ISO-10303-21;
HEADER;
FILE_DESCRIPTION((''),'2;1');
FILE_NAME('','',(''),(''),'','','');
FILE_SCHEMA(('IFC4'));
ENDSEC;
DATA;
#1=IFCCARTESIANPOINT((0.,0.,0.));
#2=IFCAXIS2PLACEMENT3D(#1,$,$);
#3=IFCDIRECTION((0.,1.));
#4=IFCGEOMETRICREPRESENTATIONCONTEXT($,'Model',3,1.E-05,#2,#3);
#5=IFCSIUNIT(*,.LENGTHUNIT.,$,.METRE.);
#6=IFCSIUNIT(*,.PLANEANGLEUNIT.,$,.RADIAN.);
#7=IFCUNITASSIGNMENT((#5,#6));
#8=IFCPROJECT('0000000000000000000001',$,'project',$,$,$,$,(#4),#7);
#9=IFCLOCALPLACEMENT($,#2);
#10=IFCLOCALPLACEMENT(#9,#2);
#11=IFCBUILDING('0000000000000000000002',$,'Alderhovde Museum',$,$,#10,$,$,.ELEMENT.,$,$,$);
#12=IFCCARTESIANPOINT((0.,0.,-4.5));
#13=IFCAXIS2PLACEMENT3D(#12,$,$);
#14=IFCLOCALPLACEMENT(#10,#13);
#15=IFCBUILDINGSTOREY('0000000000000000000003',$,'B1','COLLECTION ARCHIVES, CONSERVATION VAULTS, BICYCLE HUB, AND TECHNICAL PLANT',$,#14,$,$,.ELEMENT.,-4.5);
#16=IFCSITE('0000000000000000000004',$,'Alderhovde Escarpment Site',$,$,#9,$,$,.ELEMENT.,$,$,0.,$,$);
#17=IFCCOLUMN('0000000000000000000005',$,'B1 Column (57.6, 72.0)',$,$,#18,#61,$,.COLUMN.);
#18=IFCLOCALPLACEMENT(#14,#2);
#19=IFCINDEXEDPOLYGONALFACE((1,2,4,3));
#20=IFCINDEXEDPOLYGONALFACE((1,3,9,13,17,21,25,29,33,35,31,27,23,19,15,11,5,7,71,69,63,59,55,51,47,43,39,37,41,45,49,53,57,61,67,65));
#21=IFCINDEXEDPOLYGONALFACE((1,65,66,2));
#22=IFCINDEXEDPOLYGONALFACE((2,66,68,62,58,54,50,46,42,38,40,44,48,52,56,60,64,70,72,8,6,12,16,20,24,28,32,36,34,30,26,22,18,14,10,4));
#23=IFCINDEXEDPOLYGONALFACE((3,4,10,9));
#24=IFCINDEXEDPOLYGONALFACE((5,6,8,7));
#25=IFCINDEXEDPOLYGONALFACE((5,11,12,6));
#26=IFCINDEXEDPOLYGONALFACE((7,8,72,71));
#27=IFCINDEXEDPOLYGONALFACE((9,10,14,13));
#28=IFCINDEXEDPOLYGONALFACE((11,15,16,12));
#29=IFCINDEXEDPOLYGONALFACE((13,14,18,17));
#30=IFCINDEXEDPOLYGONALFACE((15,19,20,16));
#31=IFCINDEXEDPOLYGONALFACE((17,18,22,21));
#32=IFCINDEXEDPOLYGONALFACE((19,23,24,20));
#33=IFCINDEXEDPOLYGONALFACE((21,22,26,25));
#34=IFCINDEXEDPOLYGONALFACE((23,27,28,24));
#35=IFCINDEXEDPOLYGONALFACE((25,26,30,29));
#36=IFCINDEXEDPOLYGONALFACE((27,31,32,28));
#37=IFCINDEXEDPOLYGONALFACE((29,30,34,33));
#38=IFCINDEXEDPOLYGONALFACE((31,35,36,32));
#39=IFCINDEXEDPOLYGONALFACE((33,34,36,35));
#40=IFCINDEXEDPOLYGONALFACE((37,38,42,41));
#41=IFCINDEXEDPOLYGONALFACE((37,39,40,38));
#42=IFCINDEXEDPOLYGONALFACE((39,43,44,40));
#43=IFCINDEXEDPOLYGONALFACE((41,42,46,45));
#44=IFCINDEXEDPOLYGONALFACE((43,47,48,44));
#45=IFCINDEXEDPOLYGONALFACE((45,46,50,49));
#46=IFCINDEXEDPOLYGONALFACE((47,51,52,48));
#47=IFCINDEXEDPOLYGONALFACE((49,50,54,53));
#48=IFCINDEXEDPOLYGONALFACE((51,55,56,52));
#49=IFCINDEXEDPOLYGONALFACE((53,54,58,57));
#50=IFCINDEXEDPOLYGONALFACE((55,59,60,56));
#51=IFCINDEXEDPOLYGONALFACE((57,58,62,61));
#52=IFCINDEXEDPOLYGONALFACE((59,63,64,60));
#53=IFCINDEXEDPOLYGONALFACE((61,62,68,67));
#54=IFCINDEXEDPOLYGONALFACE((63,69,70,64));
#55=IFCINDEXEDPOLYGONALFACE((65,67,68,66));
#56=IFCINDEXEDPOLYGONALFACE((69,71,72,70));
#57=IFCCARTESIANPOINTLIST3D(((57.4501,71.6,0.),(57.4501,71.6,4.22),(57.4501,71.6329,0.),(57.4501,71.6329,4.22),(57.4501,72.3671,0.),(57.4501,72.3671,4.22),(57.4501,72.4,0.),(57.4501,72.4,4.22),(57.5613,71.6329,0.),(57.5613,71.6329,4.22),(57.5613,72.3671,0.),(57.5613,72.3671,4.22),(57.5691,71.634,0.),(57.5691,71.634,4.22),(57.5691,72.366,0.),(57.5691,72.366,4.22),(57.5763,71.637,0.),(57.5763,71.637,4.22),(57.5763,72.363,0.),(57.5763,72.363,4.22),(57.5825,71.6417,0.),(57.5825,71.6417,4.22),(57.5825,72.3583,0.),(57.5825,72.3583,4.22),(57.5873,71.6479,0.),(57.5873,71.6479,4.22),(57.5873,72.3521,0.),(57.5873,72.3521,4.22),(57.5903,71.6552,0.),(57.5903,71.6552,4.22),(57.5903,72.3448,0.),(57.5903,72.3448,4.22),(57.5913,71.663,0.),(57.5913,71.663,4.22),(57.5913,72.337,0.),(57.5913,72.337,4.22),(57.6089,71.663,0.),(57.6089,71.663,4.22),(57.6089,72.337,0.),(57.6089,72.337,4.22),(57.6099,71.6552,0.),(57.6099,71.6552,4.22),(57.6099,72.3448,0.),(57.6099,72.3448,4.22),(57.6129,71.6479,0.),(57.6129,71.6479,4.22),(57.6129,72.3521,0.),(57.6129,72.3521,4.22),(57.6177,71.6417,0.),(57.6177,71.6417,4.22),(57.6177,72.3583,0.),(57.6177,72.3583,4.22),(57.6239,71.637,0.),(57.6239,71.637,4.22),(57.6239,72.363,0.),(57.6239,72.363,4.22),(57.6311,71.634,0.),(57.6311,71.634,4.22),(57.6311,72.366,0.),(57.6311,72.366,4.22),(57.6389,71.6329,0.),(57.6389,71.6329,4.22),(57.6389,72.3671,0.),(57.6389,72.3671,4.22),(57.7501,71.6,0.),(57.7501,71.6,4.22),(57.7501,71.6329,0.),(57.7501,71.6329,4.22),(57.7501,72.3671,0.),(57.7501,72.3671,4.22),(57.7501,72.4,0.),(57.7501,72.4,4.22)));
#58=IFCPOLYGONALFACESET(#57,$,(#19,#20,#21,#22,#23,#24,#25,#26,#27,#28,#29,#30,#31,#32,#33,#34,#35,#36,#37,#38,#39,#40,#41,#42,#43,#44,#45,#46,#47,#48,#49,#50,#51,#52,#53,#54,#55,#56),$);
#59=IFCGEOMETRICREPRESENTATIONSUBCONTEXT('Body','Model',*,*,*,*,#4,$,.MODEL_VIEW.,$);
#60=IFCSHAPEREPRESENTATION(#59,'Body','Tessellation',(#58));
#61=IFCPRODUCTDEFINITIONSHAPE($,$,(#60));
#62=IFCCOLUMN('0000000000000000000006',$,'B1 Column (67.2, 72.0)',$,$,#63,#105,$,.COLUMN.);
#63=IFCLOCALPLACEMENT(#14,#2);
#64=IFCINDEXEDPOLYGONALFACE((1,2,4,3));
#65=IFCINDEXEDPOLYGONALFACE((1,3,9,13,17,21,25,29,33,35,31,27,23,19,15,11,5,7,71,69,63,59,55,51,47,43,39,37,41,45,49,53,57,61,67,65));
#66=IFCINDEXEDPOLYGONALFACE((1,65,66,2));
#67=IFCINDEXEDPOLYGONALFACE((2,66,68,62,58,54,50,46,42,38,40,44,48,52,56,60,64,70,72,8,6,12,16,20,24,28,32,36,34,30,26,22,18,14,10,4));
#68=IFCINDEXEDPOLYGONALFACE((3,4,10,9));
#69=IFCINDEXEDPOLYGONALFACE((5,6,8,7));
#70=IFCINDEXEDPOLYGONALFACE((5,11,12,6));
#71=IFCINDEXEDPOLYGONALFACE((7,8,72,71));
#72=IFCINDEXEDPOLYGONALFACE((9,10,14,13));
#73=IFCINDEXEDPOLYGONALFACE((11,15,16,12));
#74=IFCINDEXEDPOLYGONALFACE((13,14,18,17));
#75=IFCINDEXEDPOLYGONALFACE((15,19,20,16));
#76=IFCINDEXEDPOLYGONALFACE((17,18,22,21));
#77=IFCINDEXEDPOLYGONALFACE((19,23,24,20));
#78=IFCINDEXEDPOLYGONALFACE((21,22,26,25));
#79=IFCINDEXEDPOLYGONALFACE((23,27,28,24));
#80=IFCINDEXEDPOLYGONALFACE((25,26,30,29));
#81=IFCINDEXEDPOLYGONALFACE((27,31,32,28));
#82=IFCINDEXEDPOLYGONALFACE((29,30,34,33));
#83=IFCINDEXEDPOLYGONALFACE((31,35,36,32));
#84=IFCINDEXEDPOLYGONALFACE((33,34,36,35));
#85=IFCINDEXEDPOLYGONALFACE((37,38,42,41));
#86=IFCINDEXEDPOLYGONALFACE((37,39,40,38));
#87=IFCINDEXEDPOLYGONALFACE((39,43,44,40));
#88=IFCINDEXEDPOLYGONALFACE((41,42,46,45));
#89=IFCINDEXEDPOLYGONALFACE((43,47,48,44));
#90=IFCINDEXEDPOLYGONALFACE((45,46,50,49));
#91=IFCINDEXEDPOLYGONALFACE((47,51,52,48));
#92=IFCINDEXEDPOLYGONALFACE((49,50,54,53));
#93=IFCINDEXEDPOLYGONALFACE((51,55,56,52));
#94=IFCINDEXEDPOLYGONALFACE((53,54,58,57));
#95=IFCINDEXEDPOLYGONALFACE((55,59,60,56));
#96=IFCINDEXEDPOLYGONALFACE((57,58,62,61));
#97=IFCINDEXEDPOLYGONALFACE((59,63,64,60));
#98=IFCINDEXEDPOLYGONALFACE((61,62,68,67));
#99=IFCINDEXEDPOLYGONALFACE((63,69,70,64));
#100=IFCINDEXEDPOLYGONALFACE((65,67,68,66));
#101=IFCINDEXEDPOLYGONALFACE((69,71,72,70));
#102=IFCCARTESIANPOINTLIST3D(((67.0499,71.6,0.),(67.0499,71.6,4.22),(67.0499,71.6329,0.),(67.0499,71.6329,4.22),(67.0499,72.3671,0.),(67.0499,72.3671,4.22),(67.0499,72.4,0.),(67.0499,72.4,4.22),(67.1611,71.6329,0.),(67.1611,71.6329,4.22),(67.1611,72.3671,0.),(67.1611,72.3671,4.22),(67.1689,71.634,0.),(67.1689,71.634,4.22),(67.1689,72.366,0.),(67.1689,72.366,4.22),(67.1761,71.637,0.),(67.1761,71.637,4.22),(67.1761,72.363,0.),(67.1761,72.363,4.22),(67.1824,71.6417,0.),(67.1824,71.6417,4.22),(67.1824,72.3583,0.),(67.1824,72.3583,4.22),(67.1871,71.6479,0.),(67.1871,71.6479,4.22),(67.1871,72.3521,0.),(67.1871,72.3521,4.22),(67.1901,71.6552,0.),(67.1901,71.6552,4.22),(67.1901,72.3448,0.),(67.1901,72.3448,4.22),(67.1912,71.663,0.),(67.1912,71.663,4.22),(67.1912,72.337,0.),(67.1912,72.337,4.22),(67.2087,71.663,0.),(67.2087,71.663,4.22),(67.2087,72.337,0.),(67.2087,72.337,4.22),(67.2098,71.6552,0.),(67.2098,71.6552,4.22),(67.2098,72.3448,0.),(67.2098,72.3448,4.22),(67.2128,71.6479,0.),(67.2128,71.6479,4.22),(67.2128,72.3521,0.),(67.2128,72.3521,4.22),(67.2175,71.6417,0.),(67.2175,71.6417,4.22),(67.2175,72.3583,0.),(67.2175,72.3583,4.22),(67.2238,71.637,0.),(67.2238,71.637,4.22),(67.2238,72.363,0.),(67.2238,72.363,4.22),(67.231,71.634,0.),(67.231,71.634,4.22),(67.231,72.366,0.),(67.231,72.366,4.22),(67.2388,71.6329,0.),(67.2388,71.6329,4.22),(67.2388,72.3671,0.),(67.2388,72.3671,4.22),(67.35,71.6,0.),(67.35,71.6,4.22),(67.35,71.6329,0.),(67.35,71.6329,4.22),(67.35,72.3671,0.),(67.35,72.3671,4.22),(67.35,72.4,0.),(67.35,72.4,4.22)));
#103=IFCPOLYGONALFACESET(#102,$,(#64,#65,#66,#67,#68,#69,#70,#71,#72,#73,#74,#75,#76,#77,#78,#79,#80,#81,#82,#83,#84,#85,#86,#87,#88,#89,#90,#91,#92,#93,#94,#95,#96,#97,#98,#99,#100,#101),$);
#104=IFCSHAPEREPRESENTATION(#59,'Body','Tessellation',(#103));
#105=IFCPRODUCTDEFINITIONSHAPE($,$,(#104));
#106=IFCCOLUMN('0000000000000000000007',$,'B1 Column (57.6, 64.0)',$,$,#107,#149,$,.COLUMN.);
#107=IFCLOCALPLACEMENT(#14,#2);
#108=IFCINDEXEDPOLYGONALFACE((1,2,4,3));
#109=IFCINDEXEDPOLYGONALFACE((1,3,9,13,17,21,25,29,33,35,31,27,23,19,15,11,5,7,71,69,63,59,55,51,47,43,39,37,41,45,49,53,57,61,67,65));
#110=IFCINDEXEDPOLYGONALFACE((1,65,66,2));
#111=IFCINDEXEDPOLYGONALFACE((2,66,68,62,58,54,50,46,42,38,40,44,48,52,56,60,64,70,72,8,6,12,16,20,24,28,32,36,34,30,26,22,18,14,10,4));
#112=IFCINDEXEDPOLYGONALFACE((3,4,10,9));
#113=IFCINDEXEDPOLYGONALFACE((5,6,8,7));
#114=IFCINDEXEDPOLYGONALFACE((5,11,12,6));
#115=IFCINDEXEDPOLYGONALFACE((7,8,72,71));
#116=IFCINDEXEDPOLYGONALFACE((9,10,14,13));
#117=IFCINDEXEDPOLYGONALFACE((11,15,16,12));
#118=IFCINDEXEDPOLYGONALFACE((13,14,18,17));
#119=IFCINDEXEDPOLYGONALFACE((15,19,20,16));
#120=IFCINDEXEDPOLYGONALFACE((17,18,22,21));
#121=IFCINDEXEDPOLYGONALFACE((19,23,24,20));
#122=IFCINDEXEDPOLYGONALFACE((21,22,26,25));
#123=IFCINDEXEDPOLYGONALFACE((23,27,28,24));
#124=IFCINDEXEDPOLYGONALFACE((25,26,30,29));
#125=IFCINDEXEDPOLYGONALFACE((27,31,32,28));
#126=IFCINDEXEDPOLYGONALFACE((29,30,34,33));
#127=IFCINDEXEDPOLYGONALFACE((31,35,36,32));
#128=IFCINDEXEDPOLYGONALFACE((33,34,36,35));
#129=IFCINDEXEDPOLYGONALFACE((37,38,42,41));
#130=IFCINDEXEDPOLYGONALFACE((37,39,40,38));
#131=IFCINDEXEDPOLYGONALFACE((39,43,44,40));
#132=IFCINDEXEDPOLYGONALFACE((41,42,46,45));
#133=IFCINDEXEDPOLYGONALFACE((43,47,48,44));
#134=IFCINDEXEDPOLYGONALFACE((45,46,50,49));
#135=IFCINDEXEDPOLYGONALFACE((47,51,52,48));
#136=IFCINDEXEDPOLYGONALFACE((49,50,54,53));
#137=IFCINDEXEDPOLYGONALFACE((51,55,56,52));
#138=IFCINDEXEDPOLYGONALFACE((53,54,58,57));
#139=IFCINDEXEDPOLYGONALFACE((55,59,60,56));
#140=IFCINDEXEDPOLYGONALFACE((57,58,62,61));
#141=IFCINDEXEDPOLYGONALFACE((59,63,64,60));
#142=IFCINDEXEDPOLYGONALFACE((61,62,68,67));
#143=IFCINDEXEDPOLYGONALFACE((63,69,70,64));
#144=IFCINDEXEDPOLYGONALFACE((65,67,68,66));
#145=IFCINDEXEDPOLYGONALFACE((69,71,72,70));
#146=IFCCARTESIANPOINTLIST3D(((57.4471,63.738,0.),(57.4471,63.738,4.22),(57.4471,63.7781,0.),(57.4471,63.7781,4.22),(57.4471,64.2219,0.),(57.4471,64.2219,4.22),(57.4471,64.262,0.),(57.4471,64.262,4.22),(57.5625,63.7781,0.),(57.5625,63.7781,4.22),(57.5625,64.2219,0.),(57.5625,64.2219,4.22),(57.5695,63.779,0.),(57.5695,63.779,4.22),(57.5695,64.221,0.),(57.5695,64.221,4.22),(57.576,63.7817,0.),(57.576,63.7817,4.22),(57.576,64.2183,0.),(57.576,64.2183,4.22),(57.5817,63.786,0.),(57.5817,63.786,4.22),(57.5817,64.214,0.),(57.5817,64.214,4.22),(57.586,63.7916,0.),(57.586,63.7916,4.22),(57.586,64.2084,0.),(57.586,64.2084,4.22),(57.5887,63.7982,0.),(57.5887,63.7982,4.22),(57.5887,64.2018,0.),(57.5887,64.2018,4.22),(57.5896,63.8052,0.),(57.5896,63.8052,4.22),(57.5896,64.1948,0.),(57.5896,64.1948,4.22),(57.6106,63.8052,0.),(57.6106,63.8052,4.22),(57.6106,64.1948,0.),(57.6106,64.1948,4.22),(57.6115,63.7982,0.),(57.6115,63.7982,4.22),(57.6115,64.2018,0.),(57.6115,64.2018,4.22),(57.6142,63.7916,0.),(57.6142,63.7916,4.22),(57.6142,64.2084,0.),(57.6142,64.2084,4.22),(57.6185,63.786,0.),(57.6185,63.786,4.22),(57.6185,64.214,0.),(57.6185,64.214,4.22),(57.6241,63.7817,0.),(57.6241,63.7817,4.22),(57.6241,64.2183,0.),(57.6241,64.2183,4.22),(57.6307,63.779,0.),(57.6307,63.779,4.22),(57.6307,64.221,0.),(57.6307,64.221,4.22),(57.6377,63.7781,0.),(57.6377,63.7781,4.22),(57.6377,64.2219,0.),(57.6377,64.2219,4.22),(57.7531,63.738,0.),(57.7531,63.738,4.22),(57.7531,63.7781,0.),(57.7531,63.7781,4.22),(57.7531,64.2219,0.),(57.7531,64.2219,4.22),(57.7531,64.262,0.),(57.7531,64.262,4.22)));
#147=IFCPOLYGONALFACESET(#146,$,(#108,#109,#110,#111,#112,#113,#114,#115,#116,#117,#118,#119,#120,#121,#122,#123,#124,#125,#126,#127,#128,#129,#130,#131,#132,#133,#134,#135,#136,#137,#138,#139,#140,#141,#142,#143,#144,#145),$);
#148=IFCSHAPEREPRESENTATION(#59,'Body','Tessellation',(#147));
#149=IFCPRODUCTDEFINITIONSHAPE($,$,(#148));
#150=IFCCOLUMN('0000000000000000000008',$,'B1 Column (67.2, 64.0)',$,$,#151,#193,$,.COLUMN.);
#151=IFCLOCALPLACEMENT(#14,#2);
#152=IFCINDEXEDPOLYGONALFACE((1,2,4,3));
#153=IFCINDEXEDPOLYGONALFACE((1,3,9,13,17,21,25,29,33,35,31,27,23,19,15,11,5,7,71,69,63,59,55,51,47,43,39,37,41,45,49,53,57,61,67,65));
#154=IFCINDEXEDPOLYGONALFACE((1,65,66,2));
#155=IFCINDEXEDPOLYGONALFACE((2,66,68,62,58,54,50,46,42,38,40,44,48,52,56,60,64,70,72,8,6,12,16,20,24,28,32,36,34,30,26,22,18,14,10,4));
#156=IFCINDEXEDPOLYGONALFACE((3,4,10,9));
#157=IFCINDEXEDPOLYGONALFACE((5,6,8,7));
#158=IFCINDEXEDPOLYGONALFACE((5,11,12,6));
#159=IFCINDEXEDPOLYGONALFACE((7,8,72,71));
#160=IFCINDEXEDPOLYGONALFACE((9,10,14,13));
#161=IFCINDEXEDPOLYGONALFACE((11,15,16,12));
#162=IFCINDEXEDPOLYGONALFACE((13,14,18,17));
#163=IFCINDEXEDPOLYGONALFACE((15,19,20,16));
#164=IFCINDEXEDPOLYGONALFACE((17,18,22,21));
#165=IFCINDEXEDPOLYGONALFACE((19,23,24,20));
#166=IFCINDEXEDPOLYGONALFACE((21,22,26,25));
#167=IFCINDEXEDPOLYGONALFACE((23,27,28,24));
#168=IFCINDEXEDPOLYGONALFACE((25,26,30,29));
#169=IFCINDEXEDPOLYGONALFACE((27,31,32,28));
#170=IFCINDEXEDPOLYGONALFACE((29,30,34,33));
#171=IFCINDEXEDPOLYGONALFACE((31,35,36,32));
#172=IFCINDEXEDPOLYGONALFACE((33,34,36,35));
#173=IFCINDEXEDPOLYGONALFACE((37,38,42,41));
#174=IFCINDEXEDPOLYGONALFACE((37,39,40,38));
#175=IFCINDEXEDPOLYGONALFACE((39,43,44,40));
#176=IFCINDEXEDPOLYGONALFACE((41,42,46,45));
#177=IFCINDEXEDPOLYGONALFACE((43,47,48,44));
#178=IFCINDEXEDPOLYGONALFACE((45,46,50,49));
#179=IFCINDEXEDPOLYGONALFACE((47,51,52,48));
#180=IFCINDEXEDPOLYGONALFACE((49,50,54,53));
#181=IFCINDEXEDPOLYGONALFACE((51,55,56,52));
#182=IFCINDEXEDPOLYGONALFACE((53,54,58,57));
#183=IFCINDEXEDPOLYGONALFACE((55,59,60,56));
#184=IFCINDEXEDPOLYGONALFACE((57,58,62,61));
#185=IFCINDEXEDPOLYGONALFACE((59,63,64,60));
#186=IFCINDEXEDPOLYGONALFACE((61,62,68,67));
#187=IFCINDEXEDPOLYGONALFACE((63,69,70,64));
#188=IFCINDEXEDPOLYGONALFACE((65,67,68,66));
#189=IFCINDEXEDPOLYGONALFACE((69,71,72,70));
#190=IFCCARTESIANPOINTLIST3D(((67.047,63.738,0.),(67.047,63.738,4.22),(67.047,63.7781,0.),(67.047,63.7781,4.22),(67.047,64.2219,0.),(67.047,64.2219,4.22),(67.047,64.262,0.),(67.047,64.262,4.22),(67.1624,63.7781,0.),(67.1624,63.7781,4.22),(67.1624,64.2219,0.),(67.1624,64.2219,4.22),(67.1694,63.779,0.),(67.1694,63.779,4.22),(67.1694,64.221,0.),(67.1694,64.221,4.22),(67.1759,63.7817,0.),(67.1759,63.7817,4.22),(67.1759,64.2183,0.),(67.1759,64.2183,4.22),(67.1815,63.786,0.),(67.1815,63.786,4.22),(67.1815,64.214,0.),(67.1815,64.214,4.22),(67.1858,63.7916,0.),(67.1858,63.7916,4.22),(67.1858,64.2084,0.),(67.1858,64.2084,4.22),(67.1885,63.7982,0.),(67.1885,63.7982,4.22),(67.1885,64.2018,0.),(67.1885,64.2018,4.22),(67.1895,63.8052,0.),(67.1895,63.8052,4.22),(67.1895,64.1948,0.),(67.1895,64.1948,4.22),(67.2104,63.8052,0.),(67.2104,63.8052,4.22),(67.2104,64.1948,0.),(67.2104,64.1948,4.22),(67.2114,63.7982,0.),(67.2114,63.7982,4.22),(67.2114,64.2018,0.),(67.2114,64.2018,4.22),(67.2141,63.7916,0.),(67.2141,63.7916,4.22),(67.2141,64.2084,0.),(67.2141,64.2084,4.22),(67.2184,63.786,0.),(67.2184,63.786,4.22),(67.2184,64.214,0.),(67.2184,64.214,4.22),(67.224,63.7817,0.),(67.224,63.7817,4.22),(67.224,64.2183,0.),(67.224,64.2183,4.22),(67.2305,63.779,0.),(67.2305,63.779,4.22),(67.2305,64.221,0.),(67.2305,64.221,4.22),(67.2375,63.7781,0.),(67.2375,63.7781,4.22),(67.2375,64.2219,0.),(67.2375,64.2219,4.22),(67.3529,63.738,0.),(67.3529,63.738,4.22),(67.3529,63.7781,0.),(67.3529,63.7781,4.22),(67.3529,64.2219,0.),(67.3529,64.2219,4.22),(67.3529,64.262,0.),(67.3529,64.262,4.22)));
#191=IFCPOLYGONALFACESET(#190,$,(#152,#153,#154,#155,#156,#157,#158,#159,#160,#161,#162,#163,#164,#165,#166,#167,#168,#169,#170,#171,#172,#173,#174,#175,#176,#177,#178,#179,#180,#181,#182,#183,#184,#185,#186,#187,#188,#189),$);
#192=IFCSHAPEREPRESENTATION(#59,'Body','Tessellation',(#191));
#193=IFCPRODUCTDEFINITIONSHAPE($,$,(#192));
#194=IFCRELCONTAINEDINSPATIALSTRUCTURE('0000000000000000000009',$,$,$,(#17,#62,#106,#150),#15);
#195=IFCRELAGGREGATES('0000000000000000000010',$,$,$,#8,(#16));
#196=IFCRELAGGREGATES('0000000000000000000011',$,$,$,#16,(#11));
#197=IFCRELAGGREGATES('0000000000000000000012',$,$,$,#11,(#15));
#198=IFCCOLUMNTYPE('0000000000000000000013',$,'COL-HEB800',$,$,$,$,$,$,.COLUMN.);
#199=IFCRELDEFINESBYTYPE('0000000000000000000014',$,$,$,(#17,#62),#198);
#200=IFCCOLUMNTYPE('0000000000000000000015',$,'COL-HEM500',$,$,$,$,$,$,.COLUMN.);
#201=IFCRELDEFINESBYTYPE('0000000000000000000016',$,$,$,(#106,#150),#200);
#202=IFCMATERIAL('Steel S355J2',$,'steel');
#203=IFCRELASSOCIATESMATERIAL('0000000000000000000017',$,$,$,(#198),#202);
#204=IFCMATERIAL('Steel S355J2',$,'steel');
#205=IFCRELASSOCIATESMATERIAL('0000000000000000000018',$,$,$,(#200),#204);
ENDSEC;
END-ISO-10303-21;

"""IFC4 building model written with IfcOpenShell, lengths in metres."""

from ifc_helpers import new_model, si_unit, direction, frame, origin, origin_2d, place, context, subcontext, project, spatial, i_section, extrude, material, material_profile, profile_set, type_object, element, save


model = new_model("IFC4")

# Units and contexts
model_context = context("Model", 3, precision=1e-05, world=origin(), true_north=direction((0.0, 1.0)))
body_context = subcontext(model_context, "Body", "Model", "MODEL_VIEW")
ifc_project = project(units=[si_unit("LENGTHUNIT", "METRE"), si_unit("PLANEANGLEUNIT", "RADIAN")], contexts=[model_context])

# Site, building, storey
site_placement = place(None, origin())
site = spatial("IfcSite", under=ifc_project, at=site_placement, Name="Alderhovde Escarpment Site", CompositionType="ELEMENT", RefElevation=0.0)
building_placement = place(site_placement, origin())
building = spatial("IfcBuilding", under=site, at=building_placement, Name="Alderhovde Museum", CompositionType="ELEMENT")
storey_placement = place(building_placement, frame((0.0, 0.0, -4.5)))
storey = spatial("IfcBuildingStorey", under=building, at=storey_placement, Name="B1", Description="COLLECTION ARCHIVES, CONSERVATION VAULTS, BICYCLE HUB, AND TECHNICAL PLANT", CompositionType="ELEMENT", Elevation=-4.5)

# Columns
ifc_material_1 = material(Name="Steel S355J2", Category="steel")
ifc_material_profile_1 = material_profile(ifc_material_1, i_section(OverallWidth=0.3, OverallDepth=0.8, WebThickness=0.0176, FlangeThickness=0.033, FilletRadius=0.03, at=origin_2d()), Name="HEB 800")
ifc_profile_set_1 = profile_set([ifc_material_profile_1], Name="Steel S355J2")
column_type_1 = type_object("IfcColumnType", Name="COL-HEB800", PredefinedType="COLUMN", material=ifc_profile_set_1)
for number, where, z_axis, x_axis, name in (
    (1, (57.6001, 72.0, 0.0), (0.0, 0.0, 1.0), (1.0, 0.0, 0.0), "B1 Column (57.6, 72.0)"),
    (2, (67.2, 72.0, 0.0), (0.0, 0.0, 1.0), (1.0, 0.0, 0.0), "B1 Column (67.2, 72.0)"),
):
    element("IfcColumn", number, at=place(storey_placement, frame(where, z_axis=z_axis, x_axis=x_axis)), inside=storey, type_object=column_type_1, Name=name, PredefinedType="COLUMN", context=body_context, shape_type="SweptSolid", body=[
        extrude(i_section(OverallWidth=0.3, OverallDepth=0.8, WebThickness=0.0176, FlangeThickness=0.033, FilletRadius=0.03, at=origin_2d()), origin(), (0.0, 0.0, 1.0), 4.22),
    ])
ifc_material_2 = material(Name="Steel S355J2", Category="steel")
ifc_material_profile_2 = material_profile(ifc_material_2, i_section(OverallWidth=0.3059, OverallDepth=0.5239, WebThickness=0.021, FlangeThickness=0.04, FilletRadius=0.0271, at=origin_2d()), Name="HEM 500")
ifc_profile_set_2 = profile_set([ifc_material_profile_2], Name="Steel S355J2")
column_type_2 = type_object("IfcColumnType", Name="COL-HEM500", PredefinedType="COLUMN", material=ifc_profile_set_2)
for number, where, z_axis, x_axis, name in (
    (3, (57.6001, 64.0, 0.0), (0.0, 0.0, 1.0), (1.0, 0.0, 0.0), "B1 Column (57.6, 64.0)"),
    (4, (67.2, 64.0, 0.0), (0.0, 0.0, 1.0), (1.0, 0.0, 0.0), "B1 Column (67.2, 64.0)"),
):
    element("IfcColumn", number, at=place(storey_placement, frame(where, z_axis=z_axis, x_axis=x_axis)), inside=storey, type_object=column_type_2, Name=name, PredefinedType="COLUMN", context=body_context, shape_type="SweptSolid", body=[
        extrude(i_section(OverallWidth=0.3059, OverallDepth=0.5239, WebThickness=0.021, FlangeThickness=0.04, FilletRadius=0.0271, at=origin_2d()), origin(), (0.0, 0.0, 1.0), 4.22),
    ])

save(model, "model.ifc")
